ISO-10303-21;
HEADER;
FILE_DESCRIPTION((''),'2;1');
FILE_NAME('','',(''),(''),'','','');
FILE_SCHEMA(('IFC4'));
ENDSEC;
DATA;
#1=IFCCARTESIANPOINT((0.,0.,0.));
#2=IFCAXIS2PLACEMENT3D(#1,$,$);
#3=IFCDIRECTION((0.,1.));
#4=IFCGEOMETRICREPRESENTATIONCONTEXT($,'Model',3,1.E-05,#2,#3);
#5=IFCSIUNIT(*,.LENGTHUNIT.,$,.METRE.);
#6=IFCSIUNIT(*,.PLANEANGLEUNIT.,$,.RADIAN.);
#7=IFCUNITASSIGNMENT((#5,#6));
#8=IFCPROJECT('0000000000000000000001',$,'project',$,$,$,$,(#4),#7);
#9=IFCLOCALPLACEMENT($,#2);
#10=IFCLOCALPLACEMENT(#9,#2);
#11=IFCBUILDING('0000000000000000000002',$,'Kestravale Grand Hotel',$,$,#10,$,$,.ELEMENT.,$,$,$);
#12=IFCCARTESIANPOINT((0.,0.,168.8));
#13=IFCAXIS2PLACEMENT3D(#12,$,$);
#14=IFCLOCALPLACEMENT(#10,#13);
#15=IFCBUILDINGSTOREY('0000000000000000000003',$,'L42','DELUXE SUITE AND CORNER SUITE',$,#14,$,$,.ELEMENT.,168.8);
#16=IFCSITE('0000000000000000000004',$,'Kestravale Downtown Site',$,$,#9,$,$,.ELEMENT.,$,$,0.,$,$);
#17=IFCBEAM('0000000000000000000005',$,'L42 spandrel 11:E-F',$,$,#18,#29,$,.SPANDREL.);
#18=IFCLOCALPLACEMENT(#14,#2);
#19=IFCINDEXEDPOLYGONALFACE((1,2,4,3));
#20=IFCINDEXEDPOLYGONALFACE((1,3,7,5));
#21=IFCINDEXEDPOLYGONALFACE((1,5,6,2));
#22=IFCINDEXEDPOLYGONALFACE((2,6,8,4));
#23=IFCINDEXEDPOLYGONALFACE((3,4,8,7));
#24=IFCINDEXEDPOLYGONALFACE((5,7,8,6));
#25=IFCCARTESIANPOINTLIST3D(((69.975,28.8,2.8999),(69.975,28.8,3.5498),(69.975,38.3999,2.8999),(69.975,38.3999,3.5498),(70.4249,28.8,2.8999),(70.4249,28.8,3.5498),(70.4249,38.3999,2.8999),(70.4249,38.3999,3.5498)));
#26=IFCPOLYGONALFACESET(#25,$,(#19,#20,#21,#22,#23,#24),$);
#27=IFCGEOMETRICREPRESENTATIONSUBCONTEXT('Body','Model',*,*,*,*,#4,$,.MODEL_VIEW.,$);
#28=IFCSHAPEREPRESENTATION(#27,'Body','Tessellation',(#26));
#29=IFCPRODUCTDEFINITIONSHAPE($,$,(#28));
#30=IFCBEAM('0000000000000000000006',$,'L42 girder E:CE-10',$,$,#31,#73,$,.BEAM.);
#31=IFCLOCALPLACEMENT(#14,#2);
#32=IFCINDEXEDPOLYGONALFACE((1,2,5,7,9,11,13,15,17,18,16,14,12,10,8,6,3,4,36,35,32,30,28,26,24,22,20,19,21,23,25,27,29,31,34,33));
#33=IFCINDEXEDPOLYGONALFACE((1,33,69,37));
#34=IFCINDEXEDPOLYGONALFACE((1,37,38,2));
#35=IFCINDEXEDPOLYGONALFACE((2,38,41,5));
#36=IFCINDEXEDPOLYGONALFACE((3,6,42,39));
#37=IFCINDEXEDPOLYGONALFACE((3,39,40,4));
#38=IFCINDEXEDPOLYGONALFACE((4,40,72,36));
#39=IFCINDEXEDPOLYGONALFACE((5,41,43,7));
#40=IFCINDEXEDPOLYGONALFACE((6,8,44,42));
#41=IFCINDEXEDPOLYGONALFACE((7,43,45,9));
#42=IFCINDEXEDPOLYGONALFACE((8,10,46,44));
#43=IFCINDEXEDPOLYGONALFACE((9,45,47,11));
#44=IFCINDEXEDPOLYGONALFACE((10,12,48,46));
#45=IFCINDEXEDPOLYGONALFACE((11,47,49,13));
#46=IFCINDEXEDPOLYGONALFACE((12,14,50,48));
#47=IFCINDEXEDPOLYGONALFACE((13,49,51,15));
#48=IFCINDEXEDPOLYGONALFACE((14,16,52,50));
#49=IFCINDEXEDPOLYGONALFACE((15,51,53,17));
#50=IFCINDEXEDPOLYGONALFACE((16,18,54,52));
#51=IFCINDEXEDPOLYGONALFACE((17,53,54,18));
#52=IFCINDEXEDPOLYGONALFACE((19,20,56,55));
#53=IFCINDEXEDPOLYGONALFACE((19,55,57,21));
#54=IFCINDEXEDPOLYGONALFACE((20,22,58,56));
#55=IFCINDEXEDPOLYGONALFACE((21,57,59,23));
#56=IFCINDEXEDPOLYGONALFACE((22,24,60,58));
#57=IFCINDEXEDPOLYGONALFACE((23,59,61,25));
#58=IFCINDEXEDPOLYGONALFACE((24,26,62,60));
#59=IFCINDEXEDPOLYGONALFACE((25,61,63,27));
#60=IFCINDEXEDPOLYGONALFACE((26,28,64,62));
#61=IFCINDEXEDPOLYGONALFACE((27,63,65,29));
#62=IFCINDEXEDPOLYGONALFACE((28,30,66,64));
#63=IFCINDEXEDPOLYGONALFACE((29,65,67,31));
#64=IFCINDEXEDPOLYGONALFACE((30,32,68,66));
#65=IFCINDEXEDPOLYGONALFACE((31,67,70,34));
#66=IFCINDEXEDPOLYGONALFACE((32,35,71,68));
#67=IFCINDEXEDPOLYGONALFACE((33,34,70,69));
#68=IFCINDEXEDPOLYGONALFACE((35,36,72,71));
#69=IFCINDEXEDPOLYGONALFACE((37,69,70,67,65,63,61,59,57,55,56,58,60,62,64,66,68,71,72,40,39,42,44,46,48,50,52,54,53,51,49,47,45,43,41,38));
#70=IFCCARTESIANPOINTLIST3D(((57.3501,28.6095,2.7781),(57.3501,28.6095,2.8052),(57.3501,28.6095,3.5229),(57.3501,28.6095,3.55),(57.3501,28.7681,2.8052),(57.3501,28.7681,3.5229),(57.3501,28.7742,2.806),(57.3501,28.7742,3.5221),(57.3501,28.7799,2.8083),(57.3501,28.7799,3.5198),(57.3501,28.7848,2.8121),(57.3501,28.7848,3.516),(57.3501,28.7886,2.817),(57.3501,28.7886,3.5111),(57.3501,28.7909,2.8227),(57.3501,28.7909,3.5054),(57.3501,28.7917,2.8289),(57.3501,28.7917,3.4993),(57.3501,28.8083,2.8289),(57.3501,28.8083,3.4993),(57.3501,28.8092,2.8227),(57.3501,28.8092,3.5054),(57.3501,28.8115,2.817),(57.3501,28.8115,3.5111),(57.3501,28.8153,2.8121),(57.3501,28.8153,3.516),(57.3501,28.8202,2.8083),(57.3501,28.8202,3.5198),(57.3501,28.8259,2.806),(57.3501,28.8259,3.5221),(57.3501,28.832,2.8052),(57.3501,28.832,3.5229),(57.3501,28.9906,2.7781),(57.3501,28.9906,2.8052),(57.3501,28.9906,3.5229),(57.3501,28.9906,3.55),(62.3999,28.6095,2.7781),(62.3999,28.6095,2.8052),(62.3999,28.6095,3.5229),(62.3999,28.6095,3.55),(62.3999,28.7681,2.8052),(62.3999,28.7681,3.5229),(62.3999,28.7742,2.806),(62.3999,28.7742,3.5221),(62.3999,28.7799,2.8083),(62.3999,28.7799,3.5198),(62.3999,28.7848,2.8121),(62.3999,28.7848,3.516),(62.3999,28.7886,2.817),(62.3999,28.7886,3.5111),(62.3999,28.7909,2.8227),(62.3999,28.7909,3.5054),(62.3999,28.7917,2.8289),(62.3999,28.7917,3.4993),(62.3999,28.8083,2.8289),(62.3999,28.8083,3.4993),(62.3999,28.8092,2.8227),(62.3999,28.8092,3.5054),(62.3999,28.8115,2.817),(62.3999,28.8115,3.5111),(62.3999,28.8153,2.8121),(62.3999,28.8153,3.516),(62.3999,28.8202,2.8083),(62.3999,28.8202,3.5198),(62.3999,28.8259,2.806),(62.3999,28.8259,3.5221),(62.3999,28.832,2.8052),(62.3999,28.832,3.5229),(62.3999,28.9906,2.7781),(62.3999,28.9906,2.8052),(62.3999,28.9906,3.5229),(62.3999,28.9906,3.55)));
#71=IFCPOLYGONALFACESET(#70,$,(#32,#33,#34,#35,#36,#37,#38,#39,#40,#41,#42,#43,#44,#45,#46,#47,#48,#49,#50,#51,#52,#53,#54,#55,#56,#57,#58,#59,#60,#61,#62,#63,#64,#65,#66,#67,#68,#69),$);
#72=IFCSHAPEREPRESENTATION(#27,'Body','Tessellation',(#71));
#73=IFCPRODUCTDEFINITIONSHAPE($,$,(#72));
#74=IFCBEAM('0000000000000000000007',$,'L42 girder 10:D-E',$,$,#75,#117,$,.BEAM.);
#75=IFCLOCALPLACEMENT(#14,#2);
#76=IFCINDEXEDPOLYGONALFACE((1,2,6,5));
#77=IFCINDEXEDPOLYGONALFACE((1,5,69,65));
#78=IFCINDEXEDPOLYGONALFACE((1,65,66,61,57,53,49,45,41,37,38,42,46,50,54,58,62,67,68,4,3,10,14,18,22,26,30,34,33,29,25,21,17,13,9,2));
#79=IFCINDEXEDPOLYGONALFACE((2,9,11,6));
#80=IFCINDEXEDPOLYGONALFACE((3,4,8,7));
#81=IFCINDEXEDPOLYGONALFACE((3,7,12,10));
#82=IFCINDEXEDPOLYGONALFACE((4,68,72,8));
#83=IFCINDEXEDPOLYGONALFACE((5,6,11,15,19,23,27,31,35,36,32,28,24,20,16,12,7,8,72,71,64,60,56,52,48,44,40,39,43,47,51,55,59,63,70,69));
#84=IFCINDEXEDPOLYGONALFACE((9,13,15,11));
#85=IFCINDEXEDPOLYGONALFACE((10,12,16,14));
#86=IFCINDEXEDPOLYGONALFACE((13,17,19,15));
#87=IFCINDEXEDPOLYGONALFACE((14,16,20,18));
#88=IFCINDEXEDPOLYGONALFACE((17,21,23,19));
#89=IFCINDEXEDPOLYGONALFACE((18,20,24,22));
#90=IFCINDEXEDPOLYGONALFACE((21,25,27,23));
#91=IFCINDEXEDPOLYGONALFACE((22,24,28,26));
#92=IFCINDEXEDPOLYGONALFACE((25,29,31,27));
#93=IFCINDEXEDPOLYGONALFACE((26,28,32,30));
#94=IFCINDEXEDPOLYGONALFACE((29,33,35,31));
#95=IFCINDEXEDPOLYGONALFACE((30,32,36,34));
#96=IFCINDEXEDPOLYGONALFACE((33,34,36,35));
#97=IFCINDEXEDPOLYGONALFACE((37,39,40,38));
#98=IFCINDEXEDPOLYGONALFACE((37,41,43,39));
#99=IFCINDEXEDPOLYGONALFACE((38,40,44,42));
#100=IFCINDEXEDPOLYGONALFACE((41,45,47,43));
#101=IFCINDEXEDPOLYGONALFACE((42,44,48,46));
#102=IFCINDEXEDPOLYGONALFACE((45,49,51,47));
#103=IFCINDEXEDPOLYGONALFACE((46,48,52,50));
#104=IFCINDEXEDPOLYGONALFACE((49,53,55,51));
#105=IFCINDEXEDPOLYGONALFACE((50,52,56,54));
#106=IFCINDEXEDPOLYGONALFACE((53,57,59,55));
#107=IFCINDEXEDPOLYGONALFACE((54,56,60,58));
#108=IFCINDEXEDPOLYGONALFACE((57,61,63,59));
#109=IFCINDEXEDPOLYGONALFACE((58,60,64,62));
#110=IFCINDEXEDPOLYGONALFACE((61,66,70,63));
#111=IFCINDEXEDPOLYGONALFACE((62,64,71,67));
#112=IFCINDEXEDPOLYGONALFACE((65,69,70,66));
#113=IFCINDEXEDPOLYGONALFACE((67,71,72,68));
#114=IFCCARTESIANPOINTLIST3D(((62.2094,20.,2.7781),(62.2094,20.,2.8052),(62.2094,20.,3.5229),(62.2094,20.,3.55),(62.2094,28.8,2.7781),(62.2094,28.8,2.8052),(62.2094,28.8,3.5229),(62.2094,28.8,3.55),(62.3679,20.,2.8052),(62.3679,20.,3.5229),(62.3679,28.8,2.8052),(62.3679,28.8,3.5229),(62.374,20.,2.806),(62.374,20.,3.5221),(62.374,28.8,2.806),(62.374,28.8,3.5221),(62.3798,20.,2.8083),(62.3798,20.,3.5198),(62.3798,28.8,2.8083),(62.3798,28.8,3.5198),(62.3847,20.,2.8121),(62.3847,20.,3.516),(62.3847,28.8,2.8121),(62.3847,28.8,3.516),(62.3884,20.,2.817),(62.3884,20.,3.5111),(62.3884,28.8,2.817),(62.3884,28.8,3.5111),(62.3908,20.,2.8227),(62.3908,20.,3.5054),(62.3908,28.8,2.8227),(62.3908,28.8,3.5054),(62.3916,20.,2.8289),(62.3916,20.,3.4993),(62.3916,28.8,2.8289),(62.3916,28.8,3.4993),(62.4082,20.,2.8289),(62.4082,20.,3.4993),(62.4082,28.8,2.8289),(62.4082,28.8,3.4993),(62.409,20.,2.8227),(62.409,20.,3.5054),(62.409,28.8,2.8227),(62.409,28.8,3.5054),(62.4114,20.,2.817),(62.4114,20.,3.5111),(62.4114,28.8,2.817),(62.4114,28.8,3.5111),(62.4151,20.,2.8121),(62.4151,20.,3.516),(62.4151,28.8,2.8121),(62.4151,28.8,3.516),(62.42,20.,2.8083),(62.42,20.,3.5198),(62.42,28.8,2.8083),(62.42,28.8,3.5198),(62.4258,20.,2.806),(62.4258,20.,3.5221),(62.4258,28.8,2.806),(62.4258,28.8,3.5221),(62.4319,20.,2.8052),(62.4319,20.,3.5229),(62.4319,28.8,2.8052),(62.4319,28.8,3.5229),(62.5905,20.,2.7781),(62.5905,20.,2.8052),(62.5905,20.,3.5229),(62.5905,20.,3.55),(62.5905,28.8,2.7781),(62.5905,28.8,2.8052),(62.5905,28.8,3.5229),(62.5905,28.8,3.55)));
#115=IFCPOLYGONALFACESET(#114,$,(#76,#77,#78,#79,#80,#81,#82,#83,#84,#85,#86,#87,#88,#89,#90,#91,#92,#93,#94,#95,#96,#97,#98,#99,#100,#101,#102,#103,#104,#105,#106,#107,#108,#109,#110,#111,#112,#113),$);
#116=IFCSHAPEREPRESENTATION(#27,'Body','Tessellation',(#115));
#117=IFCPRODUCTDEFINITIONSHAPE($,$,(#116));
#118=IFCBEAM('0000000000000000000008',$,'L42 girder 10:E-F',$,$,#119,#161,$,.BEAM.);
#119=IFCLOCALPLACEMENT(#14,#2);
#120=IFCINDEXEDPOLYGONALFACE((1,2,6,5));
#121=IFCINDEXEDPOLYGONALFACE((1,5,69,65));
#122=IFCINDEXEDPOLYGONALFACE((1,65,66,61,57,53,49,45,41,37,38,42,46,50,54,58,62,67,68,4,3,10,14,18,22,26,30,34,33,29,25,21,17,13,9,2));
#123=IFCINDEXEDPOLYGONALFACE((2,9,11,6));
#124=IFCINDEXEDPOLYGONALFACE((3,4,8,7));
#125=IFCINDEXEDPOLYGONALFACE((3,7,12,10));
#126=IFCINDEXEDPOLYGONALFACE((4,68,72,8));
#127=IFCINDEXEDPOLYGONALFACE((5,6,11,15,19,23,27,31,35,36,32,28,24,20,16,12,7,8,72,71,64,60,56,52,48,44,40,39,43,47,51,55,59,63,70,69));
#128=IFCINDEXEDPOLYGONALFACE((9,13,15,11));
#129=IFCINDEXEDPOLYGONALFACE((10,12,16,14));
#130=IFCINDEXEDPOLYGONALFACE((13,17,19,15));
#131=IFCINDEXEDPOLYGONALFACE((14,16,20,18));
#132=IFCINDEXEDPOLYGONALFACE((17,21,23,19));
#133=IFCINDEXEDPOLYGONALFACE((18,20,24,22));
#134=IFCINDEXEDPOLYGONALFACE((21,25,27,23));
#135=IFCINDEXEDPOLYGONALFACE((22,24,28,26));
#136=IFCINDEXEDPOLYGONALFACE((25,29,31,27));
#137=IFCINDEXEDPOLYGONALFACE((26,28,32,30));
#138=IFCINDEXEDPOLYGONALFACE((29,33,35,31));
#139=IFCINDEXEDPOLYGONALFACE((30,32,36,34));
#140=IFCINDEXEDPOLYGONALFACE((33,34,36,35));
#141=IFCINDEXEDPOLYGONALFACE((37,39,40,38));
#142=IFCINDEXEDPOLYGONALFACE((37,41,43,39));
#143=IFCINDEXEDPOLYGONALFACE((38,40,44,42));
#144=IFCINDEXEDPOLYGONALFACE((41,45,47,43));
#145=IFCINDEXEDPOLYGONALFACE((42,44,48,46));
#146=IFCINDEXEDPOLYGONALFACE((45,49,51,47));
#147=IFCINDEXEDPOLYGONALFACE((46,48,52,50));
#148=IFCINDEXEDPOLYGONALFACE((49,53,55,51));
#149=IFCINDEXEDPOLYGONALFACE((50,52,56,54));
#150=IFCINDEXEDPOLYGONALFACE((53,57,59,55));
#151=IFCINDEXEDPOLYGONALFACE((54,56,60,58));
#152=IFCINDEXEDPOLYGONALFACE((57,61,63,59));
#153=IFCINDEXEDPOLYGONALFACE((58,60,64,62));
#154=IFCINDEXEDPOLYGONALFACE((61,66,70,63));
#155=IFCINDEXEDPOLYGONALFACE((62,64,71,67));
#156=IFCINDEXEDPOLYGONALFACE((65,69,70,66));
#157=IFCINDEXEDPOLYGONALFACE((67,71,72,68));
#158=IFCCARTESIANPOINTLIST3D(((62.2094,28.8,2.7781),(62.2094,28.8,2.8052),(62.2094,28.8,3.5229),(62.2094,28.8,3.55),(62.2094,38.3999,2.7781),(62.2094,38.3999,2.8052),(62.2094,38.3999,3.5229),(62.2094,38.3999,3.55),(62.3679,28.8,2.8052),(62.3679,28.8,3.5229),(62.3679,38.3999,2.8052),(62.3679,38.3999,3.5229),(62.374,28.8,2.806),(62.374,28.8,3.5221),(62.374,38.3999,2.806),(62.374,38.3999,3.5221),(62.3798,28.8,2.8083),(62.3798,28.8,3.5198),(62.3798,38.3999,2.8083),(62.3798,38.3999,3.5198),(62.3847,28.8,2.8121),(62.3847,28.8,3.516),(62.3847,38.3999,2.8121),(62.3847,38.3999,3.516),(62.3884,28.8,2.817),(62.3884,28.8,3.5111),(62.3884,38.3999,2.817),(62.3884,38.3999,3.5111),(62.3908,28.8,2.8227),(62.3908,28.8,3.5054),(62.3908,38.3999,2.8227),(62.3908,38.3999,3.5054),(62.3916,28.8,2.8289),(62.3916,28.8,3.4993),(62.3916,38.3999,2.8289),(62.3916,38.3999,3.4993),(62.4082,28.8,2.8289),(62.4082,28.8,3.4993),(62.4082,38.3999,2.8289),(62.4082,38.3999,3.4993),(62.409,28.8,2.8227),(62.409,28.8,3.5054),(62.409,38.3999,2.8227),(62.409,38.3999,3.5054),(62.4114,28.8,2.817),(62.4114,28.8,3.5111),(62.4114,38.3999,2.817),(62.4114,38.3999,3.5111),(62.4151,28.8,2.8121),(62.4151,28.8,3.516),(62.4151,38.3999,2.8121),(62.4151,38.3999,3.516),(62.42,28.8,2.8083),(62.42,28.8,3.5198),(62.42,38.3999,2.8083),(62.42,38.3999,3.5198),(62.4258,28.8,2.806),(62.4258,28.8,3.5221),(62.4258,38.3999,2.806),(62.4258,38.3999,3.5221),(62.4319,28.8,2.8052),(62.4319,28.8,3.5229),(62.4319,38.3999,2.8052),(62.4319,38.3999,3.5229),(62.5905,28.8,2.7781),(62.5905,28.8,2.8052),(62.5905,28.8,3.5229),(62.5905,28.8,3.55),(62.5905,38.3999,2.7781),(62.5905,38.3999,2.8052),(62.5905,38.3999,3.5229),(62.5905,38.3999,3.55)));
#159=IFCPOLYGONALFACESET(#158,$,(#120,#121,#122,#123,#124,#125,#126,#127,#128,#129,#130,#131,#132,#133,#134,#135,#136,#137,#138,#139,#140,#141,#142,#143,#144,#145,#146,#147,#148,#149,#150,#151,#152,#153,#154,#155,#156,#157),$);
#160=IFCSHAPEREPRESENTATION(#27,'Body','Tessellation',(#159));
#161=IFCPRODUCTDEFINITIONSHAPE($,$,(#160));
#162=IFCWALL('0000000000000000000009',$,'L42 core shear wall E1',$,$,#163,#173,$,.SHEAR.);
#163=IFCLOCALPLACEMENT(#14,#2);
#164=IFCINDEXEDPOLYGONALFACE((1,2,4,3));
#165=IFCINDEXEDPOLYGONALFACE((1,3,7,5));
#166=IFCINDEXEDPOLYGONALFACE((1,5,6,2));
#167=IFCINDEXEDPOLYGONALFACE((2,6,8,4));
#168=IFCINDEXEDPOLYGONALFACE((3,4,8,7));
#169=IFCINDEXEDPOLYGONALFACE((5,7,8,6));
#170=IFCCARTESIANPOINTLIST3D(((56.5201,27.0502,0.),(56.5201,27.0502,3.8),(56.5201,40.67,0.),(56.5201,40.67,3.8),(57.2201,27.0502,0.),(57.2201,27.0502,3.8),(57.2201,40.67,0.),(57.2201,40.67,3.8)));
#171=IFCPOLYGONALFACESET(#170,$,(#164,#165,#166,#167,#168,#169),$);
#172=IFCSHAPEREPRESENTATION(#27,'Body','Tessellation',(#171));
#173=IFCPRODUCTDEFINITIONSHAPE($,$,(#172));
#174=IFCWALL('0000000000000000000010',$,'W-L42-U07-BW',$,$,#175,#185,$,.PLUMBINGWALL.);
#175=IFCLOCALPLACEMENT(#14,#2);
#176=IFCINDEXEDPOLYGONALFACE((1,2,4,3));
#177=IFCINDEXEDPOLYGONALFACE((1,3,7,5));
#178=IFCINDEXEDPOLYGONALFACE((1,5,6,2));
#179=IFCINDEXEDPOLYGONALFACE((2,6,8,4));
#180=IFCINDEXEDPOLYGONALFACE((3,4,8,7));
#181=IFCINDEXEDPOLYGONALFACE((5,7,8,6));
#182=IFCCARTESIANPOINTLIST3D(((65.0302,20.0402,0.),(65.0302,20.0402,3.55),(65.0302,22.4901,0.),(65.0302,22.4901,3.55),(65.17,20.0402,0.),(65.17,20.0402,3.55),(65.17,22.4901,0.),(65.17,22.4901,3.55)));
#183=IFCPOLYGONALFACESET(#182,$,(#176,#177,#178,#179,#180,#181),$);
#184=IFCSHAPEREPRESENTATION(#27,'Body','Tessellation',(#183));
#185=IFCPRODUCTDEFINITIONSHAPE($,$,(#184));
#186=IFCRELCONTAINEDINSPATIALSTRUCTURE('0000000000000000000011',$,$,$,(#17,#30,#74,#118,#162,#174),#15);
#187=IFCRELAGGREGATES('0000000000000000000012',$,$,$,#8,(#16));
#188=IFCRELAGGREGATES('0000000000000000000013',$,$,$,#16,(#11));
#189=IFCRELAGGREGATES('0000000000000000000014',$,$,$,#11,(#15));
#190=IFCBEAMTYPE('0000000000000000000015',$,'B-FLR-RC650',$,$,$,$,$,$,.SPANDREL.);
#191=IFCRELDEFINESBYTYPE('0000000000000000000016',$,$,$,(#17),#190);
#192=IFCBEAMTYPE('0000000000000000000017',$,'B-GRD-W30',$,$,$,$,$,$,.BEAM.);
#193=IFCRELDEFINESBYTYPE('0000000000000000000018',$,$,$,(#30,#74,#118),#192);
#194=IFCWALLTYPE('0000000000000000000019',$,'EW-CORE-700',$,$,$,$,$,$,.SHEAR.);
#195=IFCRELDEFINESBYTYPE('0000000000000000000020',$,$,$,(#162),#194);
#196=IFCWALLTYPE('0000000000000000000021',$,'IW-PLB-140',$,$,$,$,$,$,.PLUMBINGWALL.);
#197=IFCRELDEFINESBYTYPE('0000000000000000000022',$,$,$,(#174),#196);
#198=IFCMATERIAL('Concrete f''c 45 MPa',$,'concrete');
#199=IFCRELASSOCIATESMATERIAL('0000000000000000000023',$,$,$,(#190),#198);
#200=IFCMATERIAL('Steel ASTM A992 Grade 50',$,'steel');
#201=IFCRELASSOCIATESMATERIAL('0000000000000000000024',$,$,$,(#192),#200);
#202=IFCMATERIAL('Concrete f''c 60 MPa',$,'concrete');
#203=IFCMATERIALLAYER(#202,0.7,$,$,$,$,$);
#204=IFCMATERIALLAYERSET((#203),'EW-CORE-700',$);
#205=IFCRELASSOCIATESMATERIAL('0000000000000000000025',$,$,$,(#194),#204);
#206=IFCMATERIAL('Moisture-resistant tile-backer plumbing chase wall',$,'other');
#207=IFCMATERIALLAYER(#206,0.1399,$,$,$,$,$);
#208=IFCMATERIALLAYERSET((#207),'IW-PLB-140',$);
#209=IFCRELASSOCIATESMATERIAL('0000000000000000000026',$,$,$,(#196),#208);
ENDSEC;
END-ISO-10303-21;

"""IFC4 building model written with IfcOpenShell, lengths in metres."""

from ifc_helpers import new_model, si_unit, direction, frame, frame_2d, origin, origin_2d, place, context, subcontext, project, spatial, rectangle, i_section, extrude, material, layer, layer_set, material_profile, profile_set, type_object, element, save


model = new_model("IFC4")

# Units and contexts
model_context = context("Model", 3, precision=1e-05, world=origin(), true_north=direction((0.0, 1.0)))
body_context = subcontext(model_context, "Body", "Model", "MODEL_VIEW")
ifc_project = project(units=[si_unit("LENGTHUNIT", "METRE"), si_unit("PLANEANGLEUNIT", "RADIAN")], contexts=[model_context])

# Site, building, storey
site_placement = place(None, origin())
site = spatial("IfcSite", under=ifc_project, at=site_placement, Name="Kestravale Downtown Site", CompositionType="ELEMENT", RefElevation=0.0)
building_placement = place(site_placement, origin())
building = spatial("IfcBuilding", under=site, at=building_placement, Name="Kestravale Grand Hotel", CompositionType="ELEMENT")
storey_placement = place(building_placement, frame((0.0, 0.0, 168.8)))
storey = spatial("IfcBuildingStorey", under=building, at=storey_placement, Name="L42", Description="DELUXE SUITE AND CORNER SUITE", CompositionType="ELEMENT", Elevation=168.8)

# Beams
ifc_material_1 = material(Name="Concrete f'c 45 MPa", Category="concrete")
ifc_material_profile_1 = material_profile(ifc_material_1, rectangle(XDim=0.45, YDim=0.6499, at=origin_2d()))
ifc_profile_set_1 = profile_set([ifc_material_profile_1], Name="Concrete f'c 45 MPa")
beam_type_1 = type_object("IfcBeamType", Name="B-FLR-RC650", PredefinedType="SPANDREL", material=ifc_profile_set_1)
beam_1_placement = place(storey_placement, frame((70.2, 28.8, 3.2249), z_axis=(0.0, 1.0, 0.0), x_axis=(-1.0, 0.0, 0.0)))
element("IfcBeam", 1, at=beam_1_placement, inside=storey, type_object=beam_type_1, Name="L42 spandrel 11:E-F", PredefinedType="SPANDREL", context=body_context, shape_type="SweptSolid", body=[
    extrude(rectangle(XDim=0.45, YDim=0.6499, at=origin_2d()), origin(), (0.0, 0.0, 1.0), 9.5999),
])
ifc_material_2 = material(Name="Steel ASTM A992 Grade 50", Category="steel")
ifc_material_profile_2 = material_profile(ifc_material_2, i_section(OverallWidth=0.3811, OverallDepth=0.772, WebThickness=0.0166, FlangeThickness=0.0271, FilletRadius=0.0237, at=origin_2d()))
ifc_profile_set_2 = profile_set([ifc_material_profile_2], Name="Steel ASTM A992 Grade 50")
beam_type_2 = type_object("IfcBeamType", Name="B-GRD-W30", PredefinedType="BEAM", material=ifc_profile_set_2)
beam_2_placement = place(storey_placement, frame((57.3501, 28.8, 3.1641), z_axis=(1.0, 0.0, 0.0), x_axis=(0.0, 1.0, 0.0)))
element("IfcBeam", 2, at=beam_2_placement, inside=storey, type_object=beam_type_2, Name="L42 girder E:CE-10", PredefinedType="BEAM", context=body_context, shape_type="SweptSolid", body=[
    extrude(i_section(OverallWidth=0.3811, OverallDepth=0.772, WebThickness=0.0166, FlangeThickness=0.0271, FilletRadius=0.0237, at=origin_2d()), origin(), (0.0, 0.0, 1.0), 5.0498),
])
beam_3_placement = place(storey_placement, frame((62.3999, 20.0, 3.1641), z_axis=(0.0, 1.0, 0.0), x_axis=(-1.0, 0.0, 0.0)))
element("IfcBeam", 3, at=beam_3_placement, inside=storey, type_object=beam_type_2, Name="L42 girder 10:D-E", PredefinedType="BEAM", context=body_context, shape_type="SweptSolid", body=[
    extrude(i_section(OverallWidth=0.3811, OverallDepth=0.772, WebThickness=0.0166, FlangeThickness=0.0271, FilletRadius=0.0237, at=origin_2d()), origin(), (0.0, 0.0, 1.0), 8.8),
])
beam_4_placement = place(storey_placement, frame((62.3999, 28.8, 3.1641), z_axis=(0.0, 1.0, 0.0), x_axis=(-1.0, 0.0, 0.0)))
element("IfcBeam", 4, at=beam_4_placement, inside=storey, type_object=beam_type_2, Name="L42 girder 10:E-F", PredefinedType="BEAM", context=body_context, shape_type="SweptSolid", body=[
    extrude(i_section(OverallWidth=0.3811, OverallDepth=0.772, WebThickness=0.0166, FlangeThickness=0.0271, FilletRadius=0.0237, at=origin_2d()), origin(), (0.0, 0.0, 1.0), 9.5999),
])

# Walls
ifc_material_3 = material(Name="Concrete f'c 60 MPa", Category="concrete")
ifc_layer_1 = layer(ifc_material_3, 0.7)
ifc_layer_set_1 = layer_set([ifc_layer_1], Name="EW-CORE-700")
wall_type_1 = type_object("IfcWallType", Name="EW-CORE-700", PredefinedType="SHEAR", material=ifc_layer_set_1)
wall_1_placement = place(storey_placement, frame((56.8701, 27.05, 0.0), z_axis=(0.0, 0.0, 1.0), x_axis=(0.0, 1.0, 0.0)))
element("IfcWall", 5, at=wall_1_placement, inside=storey, type_object=wall_type_1, Name="L42 core shear wall E1", PredefinedType="SHEAR", context=body_context, shape_type="SweptSolid", body=[
    extrude(rectangle(XDim=13.6199, YDim=0.7, at=frame_2d((6.8101, 0.0))), origin(), (0.0, 0.0, 1.0), 3.8),
])
ifc_material_4 = material(Name="Moisture-resistant tile-backer plumbing chase wall", Category="other")
ifc_layer_2 = layer(ifc_material_4, 0.1399)
ifc_layer_set_2 = layer_set([ifc_layer_2], Name="IW-PLB-140")
wall_type_2 = type_object("IfcWallType", Name="IW-PLB-140", PredefinedType="PLUMBINGWALL", material=ifc_layer_set_2)
wall_2_placement = place(storey_placement, frame((65.1001, 20.04, 0.0), z_axis=(0.0, 0.0, 1.0), x_axis=(0.0, 1.0, 0.0)))
element("IfcWall", 6, at=wall_2_placement, inside=storey, type_object=wall_type_2, Name="W-L42-U07-BW", PredefinedType="PLUMBINGWALL", context=body_context, shape_type="SweptSolid", body=[
    extrude(rectangle(XDim=2.45, YDim=0.1399, at=frame_2d((1.2251, 0.0))), origin(), (0.0, 0.0, 1.0), 3.55),
])

save(model, "model.ifc")
